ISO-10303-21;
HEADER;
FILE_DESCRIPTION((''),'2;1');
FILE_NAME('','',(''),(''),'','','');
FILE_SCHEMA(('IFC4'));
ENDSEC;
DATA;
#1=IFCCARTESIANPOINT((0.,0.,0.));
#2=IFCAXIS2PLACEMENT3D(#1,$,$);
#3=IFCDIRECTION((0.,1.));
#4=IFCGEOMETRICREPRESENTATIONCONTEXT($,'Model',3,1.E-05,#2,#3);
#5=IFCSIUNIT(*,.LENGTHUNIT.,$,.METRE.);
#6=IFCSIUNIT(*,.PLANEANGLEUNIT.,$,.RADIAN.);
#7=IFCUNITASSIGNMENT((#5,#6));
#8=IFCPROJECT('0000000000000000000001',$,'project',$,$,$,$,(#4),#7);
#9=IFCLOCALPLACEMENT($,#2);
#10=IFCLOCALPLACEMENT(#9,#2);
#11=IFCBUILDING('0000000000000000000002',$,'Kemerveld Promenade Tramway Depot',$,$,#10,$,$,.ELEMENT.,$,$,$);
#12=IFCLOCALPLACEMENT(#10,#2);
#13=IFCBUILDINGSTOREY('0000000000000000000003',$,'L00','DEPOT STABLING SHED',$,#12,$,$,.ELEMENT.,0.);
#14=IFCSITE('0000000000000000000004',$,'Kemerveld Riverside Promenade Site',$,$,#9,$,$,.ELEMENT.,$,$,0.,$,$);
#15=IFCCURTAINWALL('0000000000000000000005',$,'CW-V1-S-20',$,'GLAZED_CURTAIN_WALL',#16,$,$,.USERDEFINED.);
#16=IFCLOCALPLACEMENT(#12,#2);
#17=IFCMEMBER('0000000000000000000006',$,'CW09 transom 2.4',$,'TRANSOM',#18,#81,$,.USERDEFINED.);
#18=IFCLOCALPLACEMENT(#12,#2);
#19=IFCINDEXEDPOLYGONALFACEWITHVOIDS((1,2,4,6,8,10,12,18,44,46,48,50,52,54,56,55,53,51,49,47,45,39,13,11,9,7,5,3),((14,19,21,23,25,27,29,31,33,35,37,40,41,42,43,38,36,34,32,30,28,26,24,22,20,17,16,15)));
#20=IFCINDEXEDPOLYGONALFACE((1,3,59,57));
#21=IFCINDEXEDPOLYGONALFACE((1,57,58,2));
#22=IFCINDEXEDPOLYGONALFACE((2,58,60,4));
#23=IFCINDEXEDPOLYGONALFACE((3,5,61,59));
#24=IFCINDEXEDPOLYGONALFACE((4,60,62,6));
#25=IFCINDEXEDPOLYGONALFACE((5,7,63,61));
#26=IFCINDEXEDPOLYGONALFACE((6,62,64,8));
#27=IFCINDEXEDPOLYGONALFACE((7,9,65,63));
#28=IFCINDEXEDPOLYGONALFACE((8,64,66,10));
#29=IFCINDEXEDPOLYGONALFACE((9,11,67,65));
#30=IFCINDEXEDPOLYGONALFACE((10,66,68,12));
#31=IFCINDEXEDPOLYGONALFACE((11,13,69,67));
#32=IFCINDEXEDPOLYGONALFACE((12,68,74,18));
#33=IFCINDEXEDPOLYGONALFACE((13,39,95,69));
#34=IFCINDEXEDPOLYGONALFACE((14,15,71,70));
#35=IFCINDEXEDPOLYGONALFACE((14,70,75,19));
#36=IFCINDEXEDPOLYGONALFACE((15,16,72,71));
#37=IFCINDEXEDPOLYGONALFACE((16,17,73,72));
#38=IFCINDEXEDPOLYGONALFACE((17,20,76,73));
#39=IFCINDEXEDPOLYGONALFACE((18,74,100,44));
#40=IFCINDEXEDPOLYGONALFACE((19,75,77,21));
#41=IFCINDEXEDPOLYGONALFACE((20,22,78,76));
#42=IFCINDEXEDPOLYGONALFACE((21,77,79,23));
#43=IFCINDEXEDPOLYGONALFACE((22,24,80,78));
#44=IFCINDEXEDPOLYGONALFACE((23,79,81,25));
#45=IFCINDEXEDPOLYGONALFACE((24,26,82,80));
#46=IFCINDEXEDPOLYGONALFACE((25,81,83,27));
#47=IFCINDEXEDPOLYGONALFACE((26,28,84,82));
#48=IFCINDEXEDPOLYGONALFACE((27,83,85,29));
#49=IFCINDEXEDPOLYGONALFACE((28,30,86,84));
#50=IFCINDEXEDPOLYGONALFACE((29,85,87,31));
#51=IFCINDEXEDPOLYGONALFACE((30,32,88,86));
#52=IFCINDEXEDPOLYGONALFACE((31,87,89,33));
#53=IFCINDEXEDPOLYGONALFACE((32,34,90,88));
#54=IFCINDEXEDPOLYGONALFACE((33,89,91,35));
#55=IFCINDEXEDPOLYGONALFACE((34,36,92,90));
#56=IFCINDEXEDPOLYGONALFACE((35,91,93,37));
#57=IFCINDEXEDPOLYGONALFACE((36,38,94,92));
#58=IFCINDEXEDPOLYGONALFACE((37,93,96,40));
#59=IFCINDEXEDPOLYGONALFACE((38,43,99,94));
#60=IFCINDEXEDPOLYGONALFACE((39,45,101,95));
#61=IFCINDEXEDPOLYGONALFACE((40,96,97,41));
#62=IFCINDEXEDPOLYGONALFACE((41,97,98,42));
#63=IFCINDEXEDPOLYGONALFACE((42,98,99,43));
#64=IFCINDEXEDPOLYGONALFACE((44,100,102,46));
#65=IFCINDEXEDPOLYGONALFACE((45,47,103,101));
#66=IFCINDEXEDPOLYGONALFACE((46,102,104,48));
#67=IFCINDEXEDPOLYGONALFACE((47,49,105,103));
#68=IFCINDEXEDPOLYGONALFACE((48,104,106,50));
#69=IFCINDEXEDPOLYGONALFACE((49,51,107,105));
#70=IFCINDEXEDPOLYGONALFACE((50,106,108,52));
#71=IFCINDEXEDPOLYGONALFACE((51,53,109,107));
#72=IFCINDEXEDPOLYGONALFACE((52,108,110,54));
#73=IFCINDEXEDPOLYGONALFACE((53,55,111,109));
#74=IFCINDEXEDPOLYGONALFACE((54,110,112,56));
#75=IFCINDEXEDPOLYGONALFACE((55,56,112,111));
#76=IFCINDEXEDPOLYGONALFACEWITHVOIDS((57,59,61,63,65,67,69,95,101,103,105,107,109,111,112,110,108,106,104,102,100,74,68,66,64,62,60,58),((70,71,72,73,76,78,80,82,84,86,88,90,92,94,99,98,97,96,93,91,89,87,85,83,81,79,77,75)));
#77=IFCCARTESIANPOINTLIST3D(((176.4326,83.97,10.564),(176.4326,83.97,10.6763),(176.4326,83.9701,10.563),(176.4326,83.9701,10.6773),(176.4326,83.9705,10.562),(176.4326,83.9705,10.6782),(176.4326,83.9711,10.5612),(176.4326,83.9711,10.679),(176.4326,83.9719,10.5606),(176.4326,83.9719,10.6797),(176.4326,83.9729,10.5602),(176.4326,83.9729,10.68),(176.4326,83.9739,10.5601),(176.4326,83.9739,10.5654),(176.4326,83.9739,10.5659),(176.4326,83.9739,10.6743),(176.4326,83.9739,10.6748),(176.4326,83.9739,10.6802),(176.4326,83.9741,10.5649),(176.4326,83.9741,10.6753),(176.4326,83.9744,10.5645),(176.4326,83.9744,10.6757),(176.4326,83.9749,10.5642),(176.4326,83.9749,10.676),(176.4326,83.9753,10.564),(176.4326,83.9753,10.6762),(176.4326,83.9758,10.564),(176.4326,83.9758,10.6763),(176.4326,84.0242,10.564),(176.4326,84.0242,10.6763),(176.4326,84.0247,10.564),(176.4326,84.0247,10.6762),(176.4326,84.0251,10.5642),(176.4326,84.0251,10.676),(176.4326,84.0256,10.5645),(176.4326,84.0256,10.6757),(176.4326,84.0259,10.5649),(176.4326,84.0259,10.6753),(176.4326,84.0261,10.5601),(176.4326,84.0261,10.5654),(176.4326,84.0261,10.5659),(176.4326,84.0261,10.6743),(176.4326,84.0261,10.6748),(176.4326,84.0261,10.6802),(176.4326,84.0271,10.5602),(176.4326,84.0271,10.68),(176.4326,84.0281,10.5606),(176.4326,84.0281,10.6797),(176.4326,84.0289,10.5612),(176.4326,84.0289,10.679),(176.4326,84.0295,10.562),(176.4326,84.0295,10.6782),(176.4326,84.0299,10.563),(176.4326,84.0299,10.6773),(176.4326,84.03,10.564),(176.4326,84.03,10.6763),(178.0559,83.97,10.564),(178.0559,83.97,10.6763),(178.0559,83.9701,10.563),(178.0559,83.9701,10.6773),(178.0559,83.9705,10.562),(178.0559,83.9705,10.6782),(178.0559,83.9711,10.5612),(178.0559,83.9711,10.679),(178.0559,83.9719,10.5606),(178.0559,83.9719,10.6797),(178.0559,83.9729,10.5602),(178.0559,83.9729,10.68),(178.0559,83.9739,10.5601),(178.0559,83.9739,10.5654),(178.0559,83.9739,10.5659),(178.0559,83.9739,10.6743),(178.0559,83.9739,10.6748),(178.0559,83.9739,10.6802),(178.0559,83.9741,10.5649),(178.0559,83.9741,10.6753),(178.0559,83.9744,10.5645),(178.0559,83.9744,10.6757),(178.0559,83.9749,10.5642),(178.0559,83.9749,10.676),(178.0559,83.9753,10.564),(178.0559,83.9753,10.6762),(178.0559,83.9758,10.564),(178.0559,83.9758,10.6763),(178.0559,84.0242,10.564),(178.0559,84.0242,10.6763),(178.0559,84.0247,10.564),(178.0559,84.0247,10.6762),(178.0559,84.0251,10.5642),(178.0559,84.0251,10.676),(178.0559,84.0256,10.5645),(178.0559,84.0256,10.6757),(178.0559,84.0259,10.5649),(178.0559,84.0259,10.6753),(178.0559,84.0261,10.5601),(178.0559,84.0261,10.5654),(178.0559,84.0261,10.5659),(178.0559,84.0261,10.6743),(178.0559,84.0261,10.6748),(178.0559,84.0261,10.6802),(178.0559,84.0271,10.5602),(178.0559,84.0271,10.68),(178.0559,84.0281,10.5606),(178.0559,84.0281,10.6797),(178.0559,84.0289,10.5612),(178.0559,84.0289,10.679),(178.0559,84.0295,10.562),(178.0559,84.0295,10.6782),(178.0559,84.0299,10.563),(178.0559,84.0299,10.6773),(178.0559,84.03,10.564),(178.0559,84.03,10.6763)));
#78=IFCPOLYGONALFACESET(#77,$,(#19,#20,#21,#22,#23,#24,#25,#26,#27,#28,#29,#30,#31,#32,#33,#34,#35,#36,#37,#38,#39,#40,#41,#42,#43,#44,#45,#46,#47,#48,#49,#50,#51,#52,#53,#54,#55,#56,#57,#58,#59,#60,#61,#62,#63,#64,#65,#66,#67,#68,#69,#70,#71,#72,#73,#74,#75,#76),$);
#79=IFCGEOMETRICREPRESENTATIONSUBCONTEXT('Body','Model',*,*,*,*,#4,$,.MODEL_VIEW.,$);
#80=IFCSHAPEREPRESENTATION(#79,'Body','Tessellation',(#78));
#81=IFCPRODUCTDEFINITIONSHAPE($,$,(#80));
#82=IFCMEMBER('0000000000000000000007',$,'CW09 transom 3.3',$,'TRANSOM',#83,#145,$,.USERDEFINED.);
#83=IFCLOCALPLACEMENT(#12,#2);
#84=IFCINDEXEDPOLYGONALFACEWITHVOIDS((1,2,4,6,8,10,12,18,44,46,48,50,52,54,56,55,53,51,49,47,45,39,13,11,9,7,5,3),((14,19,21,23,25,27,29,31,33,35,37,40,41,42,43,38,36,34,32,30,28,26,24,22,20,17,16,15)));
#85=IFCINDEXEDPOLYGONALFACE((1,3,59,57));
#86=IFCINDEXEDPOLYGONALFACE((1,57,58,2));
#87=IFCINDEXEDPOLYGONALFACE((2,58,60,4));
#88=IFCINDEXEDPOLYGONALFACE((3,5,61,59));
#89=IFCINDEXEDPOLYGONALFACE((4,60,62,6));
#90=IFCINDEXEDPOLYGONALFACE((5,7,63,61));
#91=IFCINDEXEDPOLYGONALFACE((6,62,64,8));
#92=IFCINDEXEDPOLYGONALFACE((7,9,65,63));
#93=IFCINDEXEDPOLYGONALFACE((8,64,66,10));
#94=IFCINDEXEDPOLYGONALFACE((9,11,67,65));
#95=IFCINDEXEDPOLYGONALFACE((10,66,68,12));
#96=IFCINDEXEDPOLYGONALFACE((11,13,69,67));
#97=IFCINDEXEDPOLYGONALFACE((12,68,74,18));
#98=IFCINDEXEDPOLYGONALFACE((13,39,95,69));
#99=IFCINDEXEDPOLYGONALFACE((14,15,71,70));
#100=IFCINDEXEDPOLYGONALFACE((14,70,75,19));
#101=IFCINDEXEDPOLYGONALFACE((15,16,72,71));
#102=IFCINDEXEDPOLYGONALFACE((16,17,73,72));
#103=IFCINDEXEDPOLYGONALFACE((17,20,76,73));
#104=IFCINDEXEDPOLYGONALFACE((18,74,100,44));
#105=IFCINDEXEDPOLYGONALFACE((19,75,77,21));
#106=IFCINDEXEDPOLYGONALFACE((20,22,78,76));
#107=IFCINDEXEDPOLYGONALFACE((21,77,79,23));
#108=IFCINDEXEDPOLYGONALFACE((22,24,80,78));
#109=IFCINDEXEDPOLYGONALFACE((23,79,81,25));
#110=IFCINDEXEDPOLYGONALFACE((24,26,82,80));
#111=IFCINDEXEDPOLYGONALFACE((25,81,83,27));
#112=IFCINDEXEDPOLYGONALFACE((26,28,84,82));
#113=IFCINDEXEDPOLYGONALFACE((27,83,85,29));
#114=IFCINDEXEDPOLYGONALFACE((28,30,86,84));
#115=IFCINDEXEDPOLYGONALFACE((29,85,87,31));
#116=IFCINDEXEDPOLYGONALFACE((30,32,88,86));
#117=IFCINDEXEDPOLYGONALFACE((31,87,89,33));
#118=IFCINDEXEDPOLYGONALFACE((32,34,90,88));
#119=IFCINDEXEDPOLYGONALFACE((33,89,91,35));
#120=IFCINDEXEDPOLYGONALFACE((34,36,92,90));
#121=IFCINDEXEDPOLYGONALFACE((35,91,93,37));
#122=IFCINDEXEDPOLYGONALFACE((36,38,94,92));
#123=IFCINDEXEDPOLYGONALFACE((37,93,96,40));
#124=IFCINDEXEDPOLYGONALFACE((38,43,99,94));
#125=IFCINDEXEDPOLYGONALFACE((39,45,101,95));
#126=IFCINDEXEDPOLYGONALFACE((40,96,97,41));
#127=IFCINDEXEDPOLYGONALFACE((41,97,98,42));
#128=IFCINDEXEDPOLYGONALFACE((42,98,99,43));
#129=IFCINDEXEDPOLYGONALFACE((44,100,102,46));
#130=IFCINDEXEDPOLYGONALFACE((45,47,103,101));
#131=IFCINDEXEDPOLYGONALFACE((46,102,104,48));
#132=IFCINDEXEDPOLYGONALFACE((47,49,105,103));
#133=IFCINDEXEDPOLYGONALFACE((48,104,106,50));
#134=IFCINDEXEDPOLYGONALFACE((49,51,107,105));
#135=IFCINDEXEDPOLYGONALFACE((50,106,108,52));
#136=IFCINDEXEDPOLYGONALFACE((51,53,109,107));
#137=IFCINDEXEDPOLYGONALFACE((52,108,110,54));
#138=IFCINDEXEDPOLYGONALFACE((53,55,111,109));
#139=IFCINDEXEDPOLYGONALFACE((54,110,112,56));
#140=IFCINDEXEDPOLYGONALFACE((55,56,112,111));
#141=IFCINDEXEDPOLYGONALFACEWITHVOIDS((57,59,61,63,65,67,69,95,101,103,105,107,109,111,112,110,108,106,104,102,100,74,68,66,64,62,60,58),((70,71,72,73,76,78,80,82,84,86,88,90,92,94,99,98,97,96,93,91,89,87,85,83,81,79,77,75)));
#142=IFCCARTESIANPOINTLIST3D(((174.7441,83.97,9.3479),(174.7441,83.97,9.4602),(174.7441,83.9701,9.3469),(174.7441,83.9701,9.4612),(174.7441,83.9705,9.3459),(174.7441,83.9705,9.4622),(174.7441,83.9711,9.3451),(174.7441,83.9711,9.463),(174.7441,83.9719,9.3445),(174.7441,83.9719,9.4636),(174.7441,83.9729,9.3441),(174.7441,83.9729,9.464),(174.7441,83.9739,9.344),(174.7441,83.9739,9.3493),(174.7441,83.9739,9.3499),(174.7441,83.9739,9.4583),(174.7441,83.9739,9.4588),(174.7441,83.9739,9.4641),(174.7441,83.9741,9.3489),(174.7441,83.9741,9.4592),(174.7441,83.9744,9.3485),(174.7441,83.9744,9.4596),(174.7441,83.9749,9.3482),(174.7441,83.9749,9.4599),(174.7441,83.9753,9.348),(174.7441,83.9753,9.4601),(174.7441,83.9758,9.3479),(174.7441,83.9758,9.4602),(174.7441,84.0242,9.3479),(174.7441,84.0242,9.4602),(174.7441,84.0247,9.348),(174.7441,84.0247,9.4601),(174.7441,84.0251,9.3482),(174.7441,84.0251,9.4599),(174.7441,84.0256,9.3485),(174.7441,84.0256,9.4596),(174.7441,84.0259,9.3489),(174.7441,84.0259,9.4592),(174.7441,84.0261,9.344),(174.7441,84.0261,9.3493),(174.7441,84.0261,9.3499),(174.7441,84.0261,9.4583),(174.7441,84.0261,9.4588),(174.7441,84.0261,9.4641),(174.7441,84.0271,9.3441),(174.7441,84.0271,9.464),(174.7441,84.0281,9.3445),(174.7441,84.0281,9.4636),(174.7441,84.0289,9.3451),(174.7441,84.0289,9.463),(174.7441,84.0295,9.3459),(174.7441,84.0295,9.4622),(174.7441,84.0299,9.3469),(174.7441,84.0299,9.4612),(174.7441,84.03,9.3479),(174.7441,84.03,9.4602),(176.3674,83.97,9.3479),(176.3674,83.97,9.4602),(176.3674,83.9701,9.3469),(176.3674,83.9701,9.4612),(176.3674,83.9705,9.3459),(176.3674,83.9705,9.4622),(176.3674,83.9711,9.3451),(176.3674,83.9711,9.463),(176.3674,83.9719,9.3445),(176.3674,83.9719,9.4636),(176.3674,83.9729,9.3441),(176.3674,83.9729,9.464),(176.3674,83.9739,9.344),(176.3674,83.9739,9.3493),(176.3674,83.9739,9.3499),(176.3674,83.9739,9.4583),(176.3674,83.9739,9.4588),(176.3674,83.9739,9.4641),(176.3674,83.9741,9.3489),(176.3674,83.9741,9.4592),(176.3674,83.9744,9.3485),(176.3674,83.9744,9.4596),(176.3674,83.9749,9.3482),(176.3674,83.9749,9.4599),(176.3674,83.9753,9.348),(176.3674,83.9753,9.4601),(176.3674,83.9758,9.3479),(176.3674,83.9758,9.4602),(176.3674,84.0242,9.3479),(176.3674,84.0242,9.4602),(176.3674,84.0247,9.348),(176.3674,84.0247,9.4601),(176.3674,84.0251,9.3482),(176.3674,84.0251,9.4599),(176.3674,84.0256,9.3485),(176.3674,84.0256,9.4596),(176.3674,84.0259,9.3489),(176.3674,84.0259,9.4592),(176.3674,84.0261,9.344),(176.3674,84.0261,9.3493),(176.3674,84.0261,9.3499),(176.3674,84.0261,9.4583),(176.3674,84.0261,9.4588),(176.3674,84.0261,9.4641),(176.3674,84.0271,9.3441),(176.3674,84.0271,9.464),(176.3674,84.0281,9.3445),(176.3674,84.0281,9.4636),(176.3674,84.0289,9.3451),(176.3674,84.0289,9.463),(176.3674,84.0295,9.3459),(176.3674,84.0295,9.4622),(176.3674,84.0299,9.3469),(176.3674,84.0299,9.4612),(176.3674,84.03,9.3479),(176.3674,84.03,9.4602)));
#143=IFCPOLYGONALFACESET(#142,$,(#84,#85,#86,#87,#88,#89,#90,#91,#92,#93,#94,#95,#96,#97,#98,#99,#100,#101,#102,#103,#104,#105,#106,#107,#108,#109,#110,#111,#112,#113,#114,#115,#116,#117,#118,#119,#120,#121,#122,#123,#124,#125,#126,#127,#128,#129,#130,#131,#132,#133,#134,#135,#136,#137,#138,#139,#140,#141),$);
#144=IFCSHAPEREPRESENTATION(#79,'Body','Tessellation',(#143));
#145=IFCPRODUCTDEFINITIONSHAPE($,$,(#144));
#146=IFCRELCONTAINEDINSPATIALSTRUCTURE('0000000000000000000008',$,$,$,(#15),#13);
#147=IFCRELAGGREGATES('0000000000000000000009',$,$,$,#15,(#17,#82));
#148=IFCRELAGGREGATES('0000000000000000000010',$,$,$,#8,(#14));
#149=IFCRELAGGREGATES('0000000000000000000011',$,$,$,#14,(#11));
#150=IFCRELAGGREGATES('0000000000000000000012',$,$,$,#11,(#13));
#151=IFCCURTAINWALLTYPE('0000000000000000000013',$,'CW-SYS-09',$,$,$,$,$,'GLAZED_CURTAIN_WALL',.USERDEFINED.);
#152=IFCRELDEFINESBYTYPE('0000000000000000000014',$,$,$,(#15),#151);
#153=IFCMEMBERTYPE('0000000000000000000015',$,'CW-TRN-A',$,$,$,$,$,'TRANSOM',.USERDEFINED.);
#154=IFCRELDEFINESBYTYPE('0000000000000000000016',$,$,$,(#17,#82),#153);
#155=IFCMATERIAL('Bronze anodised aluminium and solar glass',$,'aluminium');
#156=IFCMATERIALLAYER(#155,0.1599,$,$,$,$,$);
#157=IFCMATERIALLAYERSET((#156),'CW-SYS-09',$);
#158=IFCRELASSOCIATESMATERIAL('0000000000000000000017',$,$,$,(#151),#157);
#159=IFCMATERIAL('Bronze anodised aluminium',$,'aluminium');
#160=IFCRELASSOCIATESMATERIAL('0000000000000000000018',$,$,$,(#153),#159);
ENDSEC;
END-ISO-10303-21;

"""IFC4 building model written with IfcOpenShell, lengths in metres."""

from ifc_helpers import new_model, si_unit, direction, frame, origin, origin_2d, place, context, subcontext, project, spatial, hollow_rectangle, extrude, material, layer, layer_set, material_profile, profile_set, type_object, element, aggregate, save


model = new_model("IFC4")

# Units and contexts
model_context = context("Model", 3, precision=1e-05, world=origin(), true_north=direction((0.0, 1.0)))
body_context = subcontext(model_context, "Body", "Model", "MODEL_VIEW")
ifc_project = project(units=[si_unit("LENGTHUNIT", "METRE"), si_unit("PLANEANGLEUNIT", "RADIAN")], contexts=[model_context])

# Site, building, storey
site_placement = place(None, origin())
site = spatial("IfcSite", under=ifc_project, at=site_placement, Name="Kemerveld Riverside Promenade Site", CompositionType="ELEMENT", RefElevation=0.0)
building_placement = place(site_placement, origin())
building = spatial("IfcBuilding", under=site, at=building_placement, Name="Kemerveld Promenade Tramway Depot", CompositionType="ELEMENT")
storey_placement = place(building_placement, origin())
storey = spatial("IfcBuildingStorey", under=building, at=storey_placement, Name="L00", Description="DEPOT STABLING SHED", CompositionType="ELEMENT", Elevation=0.0)

# Curtain wall, members
ifc_material_1 = material(Name="Bronze anodised aluminium and solar glass", Category="aluminium")
ifc_layer_1 = layer(ifc_material_1, 0.1599)
ifc_layer_set_1 = layer_set([ifc_layer_1], Name="CW-SYS-09")
curtain_wall_type_1 = type_object("IfcCurtainWallType", Name="CW-SYS-09", ElementType="GLAZED_CURTAIN_WALL", PredefinedType="USERDEFINED", material=ifc_layer_set_1)
curtain_wall_1_placement = place(storey_placement, origin())
curtain_wall_1 = element("IfcCurtainWall", 1, at=curtain_wall_1_placement, inside=storey, type_object=curtain_wall_type_1, Name="CW-V1-S-20", ObjectType="GLAZED_CURTAIN_WALL", PredefinedType="USERDEFINED")
ifc_material_2 = material(Name="Bronze anodised aluminium", Category="aluminium")
ifc_material_profile_1 = material_profile(ifc_material_2, hollow_rectangle(XDim=0.0601, YDim=0.1201, WallThickness=0.0039, InnerFilletRadius=0.002, OuterFilletRadius=0.0039, at=origin_2d()), Name="CW-TRN-120x60")
ifc_profile_set_1 = profile_set([ifc_material_profile_1], Name="Bronze anodised aluminium")
member_type_1 = type_object("IfcMemberType", Name="CW-TRN-A", ElementType="TRANSOM", PredefinedType="USERDEFINED", material=ifc_profile_set_1)
member_1_placement = place(storey_placement, frame((178.0559, 84.0, 10.6201), z_axis=(-1.0, 0.0, 0.0), x_axis=(0.0, -1.0, 0.0)))
member_1 = element("IfcMember", 2, at=member_1_placement, type_object=member_type_1, Name="CW09 transom 2.4", ObjectType="TRANSOM", PredefinedType="USERDEFINED", context=body_context, shape_type="SweptSolid", body=[
    extrude(hollow_rectangle(XDim=0.0601, YDim=0.1201, WallThickness=0.0039, InnerFilletRadius=0.002, OuterFilletRadius=0.0039, at=origin_2d()), origin(), (0.0, 0.0, 1.0), 1.6233),
])
member_2_placement = place(storey_placement, frame((176.3674, 84.0, 9.4041), z_axis=(-1.0, 0.0, 0.0), x_axis=(0.0, -1.0, 0.0)))
member_2 = element("IfcMember", 3, at=member_2_placement, type_object=member_type_1, Name="CW09 transom 3.3", ObjectType="TRANSOM", PredefinedType="USERDEFINED", context=body_context, shape_type="SweptSolid", body=[
    extrude(hollow_rectangle(XDim=0.0601, YDim=0.1201, WallThickness=0.0039, InnerFilletRadius=0.002, OuterFilletRadius=0.0039, at=origin_2d()), origin(), (0.0, 0.0, 1.0), 1.6233),
])

aggregate(curtain_wall_1, [member_1, member_2])

save(model, "model.ifc")
